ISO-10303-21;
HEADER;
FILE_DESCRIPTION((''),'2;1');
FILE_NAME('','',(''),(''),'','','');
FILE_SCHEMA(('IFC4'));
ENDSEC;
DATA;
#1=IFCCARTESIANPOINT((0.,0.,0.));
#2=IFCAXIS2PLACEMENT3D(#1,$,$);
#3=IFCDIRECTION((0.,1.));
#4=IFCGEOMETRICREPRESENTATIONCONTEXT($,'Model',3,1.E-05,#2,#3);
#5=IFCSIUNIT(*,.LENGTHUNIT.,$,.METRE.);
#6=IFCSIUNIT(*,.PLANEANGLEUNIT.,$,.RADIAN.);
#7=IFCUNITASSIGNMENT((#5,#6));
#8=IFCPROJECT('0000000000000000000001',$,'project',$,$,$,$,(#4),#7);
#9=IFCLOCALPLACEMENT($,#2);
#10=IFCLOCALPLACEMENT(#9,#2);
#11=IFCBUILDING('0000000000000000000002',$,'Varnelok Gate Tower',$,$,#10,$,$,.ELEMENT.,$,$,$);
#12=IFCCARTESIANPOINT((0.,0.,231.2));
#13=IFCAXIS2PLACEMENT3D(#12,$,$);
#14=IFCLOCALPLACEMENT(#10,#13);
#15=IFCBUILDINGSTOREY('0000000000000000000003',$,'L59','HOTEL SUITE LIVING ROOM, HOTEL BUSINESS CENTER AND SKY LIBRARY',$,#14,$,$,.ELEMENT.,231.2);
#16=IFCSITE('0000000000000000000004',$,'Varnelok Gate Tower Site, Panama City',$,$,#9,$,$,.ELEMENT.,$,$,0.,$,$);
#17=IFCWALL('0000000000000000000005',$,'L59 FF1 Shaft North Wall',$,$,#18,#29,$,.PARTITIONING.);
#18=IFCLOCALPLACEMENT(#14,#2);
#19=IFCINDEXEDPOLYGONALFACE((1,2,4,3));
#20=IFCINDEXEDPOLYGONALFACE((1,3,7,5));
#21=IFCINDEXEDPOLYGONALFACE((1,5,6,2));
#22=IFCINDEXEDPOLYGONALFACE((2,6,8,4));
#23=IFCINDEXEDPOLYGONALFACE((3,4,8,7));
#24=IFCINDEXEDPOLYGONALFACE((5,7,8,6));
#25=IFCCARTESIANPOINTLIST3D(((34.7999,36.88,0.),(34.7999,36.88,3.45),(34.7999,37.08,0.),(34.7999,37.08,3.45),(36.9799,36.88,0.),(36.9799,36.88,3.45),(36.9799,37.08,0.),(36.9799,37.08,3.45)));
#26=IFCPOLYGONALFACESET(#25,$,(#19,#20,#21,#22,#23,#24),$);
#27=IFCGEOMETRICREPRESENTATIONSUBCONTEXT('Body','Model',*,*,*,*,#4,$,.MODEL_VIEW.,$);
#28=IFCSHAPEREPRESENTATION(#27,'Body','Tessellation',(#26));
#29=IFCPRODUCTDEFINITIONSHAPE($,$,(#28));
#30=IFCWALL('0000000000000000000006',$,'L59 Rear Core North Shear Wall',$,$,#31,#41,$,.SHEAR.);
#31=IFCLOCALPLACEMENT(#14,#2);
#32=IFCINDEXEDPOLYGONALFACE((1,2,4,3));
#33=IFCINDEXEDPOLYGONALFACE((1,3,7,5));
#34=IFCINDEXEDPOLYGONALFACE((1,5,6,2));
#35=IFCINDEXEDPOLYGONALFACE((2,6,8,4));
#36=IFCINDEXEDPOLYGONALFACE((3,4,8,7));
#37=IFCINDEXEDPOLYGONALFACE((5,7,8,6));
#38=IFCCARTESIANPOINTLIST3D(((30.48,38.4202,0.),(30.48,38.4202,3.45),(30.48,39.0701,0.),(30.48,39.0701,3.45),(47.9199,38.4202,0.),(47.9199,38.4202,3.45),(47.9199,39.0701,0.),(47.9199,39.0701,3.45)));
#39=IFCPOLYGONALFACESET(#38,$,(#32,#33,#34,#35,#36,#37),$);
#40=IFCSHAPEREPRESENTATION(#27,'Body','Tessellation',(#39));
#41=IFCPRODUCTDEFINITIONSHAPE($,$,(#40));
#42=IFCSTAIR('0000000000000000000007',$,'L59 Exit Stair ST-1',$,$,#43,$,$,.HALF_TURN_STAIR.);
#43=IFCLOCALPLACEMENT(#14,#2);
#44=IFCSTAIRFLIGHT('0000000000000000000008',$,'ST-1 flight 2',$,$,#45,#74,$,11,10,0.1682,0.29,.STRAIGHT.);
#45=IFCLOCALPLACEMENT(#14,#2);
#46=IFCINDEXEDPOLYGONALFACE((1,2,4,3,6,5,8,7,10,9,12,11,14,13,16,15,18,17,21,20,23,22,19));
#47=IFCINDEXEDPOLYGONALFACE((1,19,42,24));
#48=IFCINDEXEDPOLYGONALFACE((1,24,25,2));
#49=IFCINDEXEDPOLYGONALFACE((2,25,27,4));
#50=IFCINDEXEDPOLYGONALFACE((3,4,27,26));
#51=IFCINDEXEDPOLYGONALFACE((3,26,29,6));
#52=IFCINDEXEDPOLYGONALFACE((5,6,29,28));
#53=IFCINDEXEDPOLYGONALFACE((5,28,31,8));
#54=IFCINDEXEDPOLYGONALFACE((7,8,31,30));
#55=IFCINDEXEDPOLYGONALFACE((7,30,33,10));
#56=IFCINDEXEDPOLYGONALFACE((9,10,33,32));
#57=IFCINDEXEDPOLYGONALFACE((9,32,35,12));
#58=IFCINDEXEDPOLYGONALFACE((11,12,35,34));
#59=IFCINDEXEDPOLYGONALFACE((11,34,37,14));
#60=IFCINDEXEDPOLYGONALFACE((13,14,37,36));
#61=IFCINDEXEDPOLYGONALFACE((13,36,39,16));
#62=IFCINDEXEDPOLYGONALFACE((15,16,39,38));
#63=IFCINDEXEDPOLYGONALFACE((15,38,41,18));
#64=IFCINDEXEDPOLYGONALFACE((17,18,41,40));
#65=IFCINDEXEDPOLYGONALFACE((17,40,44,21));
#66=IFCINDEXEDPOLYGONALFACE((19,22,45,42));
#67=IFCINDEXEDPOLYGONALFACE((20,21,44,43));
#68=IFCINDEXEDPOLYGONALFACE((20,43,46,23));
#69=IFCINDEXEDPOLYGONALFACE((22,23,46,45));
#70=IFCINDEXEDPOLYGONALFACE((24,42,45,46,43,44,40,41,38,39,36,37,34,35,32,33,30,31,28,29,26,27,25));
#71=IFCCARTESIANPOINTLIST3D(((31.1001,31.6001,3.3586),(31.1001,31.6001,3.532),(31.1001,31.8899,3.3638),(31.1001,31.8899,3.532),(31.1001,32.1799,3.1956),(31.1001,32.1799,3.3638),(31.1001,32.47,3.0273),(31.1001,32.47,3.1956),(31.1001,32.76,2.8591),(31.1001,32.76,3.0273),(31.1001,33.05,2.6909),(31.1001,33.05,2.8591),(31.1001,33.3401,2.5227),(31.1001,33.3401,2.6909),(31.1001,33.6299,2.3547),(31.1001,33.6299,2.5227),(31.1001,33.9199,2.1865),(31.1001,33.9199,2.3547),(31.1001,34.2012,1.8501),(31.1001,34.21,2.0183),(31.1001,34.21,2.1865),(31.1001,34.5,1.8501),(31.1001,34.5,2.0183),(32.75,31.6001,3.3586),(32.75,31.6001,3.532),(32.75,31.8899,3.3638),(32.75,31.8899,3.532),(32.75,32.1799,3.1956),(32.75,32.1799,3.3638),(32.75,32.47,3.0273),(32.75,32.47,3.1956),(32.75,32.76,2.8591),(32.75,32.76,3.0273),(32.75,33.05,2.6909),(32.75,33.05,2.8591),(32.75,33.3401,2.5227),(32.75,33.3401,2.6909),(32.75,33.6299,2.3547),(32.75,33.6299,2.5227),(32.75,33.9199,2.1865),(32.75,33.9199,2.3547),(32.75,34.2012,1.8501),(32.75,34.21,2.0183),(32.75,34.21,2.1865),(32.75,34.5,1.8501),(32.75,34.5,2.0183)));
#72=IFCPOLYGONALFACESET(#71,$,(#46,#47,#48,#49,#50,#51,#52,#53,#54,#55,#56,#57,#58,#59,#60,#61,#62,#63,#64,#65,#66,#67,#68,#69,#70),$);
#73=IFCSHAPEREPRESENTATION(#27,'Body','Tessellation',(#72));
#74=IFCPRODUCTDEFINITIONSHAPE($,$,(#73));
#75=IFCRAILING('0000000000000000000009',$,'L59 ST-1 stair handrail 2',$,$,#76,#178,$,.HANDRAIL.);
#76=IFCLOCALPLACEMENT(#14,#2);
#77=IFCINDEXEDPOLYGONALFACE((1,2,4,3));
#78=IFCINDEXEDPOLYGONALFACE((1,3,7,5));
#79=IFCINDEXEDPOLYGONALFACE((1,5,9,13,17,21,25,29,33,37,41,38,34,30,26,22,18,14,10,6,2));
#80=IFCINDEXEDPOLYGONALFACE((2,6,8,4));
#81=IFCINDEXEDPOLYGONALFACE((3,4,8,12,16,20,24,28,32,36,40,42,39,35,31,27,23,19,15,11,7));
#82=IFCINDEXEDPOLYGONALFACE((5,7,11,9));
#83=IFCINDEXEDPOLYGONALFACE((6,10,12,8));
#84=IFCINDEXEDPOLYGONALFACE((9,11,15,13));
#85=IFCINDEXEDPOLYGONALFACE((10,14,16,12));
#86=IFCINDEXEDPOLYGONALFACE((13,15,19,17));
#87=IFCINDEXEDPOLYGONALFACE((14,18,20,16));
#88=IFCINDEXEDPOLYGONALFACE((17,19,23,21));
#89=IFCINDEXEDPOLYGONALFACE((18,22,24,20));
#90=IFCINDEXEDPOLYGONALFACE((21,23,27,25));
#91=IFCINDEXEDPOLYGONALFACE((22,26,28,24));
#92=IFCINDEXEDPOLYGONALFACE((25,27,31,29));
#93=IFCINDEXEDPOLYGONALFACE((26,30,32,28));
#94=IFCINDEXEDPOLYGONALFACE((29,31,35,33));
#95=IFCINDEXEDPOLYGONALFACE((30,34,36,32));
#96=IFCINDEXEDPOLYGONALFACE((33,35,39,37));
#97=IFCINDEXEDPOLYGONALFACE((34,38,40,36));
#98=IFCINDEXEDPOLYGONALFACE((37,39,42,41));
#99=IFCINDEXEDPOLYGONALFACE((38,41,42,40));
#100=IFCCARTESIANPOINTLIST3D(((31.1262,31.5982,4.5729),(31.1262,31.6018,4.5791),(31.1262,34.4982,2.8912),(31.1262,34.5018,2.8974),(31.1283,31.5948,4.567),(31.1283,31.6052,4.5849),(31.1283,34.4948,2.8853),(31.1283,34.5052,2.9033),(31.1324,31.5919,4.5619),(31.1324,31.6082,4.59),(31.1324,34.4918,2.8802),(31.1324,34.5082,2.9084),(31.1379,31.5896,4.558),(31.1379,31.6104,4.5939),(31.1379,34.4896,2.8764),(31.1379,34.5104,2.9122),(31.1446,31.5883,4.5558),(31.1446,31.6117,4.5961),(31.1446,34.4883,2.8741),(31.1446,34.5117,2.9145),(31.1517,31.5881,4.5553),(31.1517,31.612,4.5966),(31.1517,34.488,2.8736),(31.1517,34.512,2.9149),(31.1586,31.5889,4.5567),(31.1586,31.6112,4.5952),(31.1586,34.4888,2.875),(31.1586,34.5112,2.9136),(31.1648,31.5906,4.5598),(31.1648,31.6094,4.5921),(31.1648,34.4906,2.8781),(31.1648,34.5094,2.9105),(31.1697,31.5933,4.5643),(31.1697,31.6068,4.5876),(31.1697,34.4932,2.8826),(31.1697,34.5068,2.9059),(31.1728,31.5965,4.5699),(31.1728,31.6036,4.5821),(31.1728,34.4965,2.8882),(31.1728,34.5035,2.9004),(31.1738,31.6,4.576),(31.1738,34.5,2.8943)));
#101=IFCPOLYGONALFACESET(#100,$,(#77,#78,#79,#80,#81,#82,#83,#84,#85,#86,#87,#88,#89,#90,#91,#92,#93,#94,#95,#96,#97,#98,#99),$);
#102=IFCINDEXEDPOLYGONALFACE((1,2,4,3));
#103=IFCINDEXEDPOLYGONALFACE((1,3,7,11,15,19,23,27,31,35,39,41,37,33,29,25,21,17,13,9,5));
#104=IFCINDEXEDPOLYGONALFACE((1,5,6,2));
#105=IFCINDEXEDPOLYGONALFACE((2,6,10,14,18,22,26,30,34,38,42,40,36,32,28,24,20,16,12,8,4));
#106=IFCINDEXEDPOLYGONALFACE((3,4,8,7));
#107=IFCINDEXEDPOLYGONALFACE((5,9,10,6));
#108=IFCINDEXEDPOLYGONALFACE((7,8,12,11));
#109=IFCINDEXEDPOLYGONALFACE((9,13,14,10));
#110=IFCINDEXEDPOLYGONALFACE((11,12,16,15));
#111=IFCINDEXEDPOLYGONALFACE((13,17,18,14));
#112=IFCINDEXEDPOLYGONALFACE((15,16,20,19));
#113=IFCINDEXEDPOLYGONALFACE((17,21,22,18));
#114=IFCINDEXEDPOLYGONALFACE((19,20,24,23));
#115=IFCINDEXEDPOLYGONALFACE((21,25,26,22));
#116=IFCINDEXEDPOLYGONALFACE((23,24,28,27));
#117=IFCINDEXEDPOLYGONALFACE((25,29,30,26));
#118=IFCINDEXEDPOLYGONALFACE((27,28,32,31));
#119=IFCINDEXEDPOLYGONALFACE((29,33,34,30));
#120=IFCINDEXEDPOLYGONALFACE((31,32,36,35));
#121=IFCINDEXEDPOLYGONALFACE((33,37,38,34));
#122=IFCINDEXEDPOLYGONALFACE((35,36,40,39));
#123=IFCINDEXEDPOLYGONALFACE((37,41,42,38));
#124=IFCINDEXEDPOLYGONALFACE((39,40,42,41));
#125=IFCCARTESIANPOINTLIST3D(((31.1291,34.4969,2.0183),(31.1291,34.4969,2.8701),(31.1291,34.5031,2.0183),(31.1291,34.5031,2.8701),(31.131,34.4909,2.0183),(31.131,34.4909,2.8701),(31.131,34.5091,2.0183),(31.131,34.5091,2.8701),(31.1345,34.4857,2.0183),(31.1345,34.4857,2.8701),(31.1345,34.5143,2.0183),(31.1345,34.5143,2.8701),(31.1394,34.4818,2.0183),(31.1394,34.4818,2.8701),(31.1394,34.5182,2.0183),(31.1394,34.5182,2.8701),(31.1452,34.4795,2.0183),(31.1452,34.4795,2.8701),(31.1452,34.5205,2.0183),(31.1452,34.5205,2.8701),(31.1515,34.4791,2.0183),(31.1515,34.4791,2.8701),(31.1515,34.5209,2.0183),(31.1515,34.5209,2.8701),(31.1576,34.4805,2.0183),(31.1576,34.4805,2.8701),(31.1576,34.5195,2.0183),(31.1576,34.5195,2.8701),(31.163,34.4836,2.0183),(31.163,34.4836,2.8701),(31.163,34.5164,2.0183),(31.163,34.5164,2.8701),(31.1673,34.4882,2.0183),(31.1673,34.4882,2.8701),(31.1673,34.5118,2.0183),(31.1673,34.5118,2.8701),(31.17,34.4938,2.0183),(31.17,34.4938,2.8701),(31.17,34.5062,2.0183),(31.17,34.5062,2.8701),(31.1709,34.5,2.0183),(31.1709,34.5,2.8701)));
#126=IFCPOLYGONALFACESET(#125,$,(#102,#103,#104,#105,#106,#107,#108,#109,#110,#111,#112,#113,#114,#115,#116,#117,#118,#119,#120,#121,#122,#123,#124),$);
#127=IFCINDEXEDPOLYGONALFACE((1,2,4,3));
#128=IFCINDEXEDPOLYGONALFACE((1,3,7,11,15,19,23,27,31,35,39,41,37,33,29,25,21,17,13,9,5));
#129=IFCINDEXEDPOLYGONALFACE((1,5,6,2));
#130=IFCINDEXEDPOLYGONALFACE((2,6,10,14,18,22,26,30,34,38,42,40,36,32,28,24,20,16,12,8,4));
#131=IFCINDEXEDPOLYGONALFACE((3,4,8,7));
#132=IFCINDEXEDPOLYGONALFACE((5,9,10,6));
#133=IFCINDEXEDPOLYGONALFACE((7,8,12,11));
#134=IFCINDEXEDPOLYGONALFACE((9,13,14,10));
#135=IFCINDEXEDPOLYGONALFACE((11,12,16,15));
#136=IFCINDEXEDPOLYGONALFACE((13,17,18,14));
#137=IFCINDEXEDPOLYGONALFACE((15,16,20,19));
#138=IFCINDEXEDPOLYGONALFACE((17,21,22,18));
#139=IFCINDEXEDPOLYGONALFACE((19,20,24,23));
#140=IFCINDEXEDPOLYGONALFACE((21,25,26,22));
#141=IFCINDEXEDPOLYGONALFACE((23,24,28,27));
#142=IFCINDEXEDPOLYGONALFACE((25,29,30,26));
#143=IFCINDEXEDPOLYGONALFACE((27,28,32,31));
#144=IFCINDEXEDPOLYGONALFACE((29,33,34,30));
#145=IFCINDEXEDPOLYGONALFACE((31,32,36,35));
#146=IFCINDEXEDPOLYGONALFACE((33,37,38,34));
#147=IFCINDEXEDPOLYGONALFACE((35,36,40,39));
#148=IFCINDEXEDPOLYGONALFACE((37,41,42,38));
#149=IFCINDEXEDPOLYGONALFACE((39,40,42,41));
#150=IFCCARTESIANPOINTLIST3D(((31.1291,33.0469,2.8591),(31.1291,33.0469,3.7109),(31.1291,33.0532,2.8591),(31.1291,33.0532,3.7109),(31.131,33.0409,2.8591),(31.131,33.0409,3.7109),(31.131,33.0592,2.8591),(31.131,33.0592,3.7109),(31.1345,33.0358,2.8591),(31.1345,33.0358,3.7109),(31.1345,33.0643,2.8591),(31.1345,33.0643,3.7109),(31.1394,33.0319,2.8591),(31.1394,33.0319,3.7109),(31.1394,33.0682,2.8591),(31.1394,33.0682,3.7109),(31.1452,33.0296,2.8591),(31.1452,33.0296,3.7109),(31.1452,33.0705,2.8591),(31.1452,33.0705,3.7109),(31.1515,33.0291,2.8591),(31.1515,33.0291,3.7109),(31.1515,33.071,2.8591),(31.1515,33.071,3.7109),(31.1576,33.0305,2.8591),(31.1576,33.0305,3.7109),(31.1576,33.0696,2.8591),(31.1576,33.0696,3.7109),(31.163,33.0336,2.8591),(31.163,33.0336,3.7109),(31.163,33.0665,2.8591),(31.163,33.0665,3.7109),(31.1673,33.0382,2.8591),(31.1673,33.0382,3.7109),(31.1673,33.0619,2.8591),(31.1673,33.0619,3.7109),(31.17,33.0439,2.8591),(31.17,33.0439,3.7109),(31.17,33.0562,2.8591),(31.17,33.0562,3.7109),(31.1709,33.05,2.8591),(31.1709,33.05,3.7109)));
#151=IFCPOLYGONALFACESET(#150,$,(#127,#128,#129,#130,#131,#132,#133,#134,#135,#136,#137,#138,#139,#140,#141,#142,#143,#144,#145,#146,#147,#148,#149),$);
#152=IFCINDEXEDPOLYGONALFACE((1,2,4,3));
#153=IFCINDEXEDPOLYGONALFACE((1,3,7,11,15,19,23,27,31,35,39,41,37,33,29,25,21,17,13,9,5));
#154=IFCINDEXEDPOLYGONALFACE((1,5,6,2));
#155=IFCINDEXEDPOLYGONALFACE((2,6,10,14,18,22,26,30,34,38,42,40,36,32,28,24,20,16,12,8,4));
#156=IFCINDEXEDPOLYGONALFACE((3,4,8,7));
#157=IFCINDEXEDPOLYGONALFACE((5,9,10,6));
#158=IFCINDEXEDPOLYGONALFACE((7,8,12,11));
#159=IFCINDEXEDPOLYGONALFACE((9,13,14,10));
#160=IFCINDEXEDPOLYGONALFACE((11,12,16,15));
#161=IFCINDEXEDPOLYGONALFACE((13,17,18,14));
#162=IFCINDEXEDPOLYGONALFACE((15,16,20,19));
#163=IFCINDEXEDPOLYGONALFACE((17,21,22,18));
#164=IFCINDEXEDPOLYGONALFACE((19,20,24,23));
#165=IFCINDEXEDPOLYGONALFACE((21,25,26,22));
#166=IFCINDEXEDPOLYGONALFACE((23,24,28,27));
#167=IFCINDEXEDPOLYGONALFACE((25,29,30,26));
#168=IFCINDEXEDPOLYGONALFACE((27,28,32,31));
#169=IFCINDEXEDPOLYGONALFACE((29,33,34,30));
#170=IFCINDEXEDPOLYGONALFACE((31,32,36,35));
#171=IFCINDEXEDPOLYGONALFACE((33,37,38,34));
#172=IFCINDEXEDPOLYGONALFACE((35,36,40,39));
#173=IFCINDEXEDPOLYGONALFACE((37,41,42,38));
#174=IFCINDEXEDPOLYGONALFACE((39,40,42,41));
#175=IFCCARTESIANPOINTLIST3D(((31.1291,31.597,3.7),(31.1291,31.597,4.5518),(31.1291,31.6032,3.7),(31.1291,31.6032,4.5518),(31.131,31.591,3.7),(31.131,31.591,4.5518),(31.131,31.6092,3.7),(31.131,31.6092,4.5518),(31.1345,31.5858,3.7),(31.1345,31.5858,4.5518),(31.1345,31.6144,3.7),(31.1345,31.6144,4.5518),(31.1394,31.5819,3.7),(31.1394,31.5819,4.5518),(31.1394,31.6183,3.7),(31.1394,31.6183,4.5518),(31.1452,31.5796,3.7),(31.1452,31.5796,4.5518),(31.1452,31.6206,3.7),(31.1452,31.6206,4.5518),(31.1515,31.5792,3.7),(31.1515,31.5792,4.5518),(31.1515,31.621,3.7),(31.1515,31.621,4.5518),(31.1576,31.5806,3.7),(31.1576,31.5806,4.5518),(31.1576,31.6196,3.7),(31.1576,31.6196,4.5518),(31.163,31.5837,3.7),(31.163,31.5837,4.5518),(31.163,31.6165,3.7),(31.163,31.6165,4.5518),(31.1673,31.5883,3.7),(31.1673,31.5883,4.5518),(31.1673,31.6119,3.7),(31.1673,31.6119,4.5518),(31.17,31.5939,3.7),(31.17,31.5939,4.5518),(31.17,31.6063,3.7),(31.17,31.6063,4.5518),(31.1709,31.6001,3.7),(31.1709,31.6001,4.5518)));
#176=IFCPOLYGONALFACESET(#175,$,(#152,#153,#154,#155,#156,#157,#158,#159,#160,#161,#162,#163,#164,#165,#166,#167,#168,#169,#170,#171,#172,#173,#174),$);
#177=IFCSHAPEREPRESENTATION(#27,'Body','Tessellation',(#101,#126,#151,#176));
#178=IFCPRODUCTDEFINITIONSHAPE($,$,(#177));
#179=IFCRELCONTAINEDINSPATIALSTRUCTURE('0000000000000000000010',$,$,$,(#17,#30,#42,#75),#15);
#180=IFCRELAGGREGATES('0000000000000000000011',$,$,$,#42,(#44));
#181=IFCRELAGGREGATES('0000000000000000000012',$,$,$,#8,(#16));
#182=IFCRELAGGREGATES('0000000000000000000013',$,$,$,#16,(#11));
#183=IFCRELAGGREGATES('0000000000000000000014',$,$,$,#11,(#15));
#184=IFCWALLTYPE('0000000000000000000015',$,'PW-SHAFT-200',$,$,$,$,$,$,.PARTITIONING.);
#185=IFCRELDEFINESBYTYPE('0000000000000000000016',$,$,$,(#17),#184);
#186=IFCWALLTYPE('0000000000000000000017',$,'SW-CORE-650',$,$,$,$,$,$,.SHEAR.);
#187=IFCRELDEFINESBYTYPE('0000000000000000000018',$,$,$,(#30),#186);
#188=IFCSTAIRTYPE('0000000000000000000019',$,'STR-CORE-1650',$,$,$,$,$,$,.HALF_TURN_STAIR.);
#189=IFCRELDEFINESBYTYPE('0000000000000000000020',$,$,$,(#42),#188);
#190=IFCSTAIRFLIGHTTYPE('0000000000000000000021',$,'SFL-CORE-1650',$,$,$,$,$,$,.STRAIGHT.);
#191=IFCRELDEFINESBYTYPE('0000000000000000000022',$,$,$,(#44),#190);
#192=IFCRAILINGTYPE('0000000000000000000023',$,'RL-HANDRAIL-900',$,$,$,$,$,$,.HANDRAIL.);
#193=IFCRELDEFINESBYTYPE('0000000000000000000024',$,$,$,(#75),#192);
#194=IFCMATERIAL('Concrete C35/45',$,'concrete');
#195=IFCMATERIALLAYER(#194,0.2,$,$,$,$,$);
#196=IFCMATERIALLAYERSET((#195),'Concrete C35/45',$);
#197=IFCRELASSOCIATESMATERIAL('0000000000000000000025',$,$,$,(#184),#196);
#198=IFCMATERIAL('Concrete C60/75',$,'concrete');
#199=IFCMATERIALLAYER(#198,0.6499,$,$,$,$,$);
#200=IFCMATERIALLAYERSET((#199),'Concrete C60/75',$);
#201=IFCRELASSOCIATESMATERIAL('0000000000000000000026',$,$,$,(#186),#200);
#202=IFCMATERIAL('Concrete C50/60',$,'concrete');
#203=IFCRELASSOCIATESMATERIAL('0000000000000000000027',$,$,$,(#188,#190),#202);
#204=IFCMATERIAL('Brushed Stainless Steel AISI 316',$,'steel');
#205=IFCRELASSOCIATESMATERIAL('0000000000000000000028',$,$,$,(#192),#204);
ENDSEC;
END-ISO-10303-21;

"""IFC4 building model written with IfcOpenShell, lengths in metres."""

from ifc_helpers import new_model, si_unit, direction, frame, frame_2d, origin, origin_2d, place, context, subcontext, project, spatial, polyline, rectangle, circle, outline, extrude, material, layer, layer_set, type_object, element, aggregate, save


model = new_model("IFC4")

# Units and contexts
model_context = context("Model", 3, precision=1e-05, world=origin(), true_north=direction((0.0, 1.0)))
body_context = subcontext(model_context, "Body", "Model", "MODEL_VIEW")
ifc_project = project(units=[si_unit("LENGTHUNIT", "METRE"), si_unit("PLANEANGLEUNIT", "RADIAN")], contexts=[model_context])

# Site, building, storey
site_placement = place(None, origin())
site = spatial("IfcSite", under=ifc_project, at=site_placement, Name="Varnelok Gate Tower Site, Panama City", CompositionType="ELEMENT", RefElevation=0.0)
building_placement = place(site_placement, origin())
building = spatial("IfcBuilding", under=site, at=building_placement, Name="Varnelok Gate Tower", CompositionType="ELEMENT")
storey_placement = place(building_placement, frame((0.0, 0.0, 231.2)))
storey = spatial("IfcBuildingStorey", under=building, at=storey_placement, Name="L59", Description="HOTEL SUITE LIVING ROOM, HOTEL BUSINESS CENTER AND SKY LIBRARY", CompositionType="ELEMENT", Elevation=231.2)

# Shared definitions
ifc_material_1 = material(Name="Concrete C60/75", Category="concrete")

# Shared definitions
ifc_material_2 = material(Name="Concrete C35/45", Category="concrete")
ifc_layer_1 = layer(ifc_material_2, 0.2)
ifc_layer_set_1 = layer_set([ifc_layer_1], Name="Concrete C35/45")
wall_type_1 = type_object("IfcWallType", Name="PW-SHAFT-200", PredefinedType="PARTITIONING", material=ifc_layer_set_1)

# Walls
wall_1_placement = place(storey_placement, frame((34.8, 36.98, 0.0), z_axis=(0.0, 0.0, 1.0), x_axis=(1.0, 0.0, 0.0)))
element("IfcWall", 1, at=wall_1_placement, inside=storey, type_object=wall_type_1, Name="L59 FF1 Shaft North Wall", PredefinedType="PARTITIONING", context=body_context, shape_type="SweptSolid", body=[
    extrude(rectangle(XDim=2.1799, YDim=0.2, at=frame_2d((1.0898, 0.0))), origin(), (0.0, 0.0, 1.0), 3.45),
])
ifc_layer_2 = layer(ifc_material_1, 0.6499)
ifc_layer_set_2 = layer_set([ifc_layer_2], Name="Concrete C60/75")
wall_type_2 = type_object("IfcWallType", Name="SW-CORE-650", PredefinedType="SHEAR", material=ifc_layer_set_2)
wall_2_placement = place(storey_placement, frame((30.48, 38.7451, 0.0), z_axis=(0.0, 0.0, 1.0), x_axis=(1.0, 0.0, 0.0)))
element("IfcWall", 2, at=wall_2_placement, inside=storey, type_object=wall_type_2, Name="L59 Rear Core North Shear Wall", PredefinedType="SHEAR", context=body_context, shape_type="SweptSolid", body=[
    extrude(rectangle(XDim=17.4399, YDim=0.6499, at=frame_2d((8.72, 0.0))), origin(), (0.0, 0.0, 1.0), 3.45),
])

# Stair, stair flight
ifc_material_3 = material(Name="Concrete C50/60", Category="concrete")
stair_type = type_object("IfcStairType", Name="STR-CORE-1650", PredefinedType="HALF_TURN_STAIR", material=ifc_material_3)
stair_placement = place(storey_placement, origin())
stair = element("IfcStair", 3, at=stair_placement, inside=storey, type_object=stair_type, Name="L59 Exit Stair ST-1", PredefinedType="HALF_TURN_STAIR")
stair_flight_type = type_object("IfcStairFlightType", Name="SFL-CORE-1650", PredefinedType="STRAIGHT", material=ifc_material_3)
stair_flight_placement = place(storey_placement, frame((31.925, 34.5, 1.8501), z_axis=(0.0, 0.0, 1.0), x_axis=(0.0, -1.0, 0.0)))
stair_flight = element("IfcStairFlight", 4, at=stair_flight_placement, type_object=stair_flight_type, Name="ST-1 flight 2", NumberOfRisers=11, NumberOfTreads=10, PredefinedType="STRAIGHT", RiserHeight=0.1682, TreadLength=0.29, context=body_context, shape_type="SweptSolid", body=[
    extrude(outline(polyline([(0.0, 0.0), (0.0, 0.1682), (0.29, 0.1682), (0.29, 0.3364), (0.5801, 0.3364), (0.5801, 0.5046), (0.8701, 0.5046), (0.8701, 0.6726), (1.1599, 0.6726), (1.1599, 0.8408), (1.45, 0.8408), (1.45, 1.009), (1.74, 1.009), (1.74, 1.1772), (2.03, 1.1772), (2.03, 1.3455), (2.3201, 1.3455), (2.3201, 1.5137), (2.6101, 1.5137), (2.6101, 1.6819), (2.8999, 1.6819), (2.8999, 1.8501), (2.8999, 1.5085), (0.2988, 0.0), (0.0, 0.0)])), frame((0.0, 0.825, 0.0), z_axis=(0.0, -1.0, 0.0), x_axis=(1.0, 0.0, 0.0)), (0.0, 0.0, 1.0), 1.6499),
])
aggregate(stair, [stair_flight])

# Railing
ifc_material_4 = material(Name="Brushed Stainless Steel AISI 316", Category="steel")
railing_type_1 = type_object("IfcRailingType", Name="RL-HANDRAIL-900", PredefinedType="HANDRAIL", material=ifc_material_4)
railing_1_placement = place(storey_placement, frame((31.1499, 34.5, 2.0183)))
element("IfcRailing", 5, at=railing_1_placement, inside=storey, type_object=railing_type_1, Name="L59 ST-1 stair handrail 2", PredefinedType="HANDRAIL", context=body_context, shape_type="SweptSolid", body=[
    extrude(circle(Radius=0.0239, at=origin_2d()), frame((0.0, 0.0, 0.876), z_axis=(0.0, -0.86507, 0.501651), x_axis=(1.0, 0.0, 0.0)), (0.0, 0.0, 1.0), 3.3523),
    extrude(circle(Radius=0.021, at=origin_2d()), origin(), (0.0, 0.0, 1.0), 0.8518),
    extrude(circle(Radius=0.021, at=origin_2d()), frame((0.0, -1.45, 0.8408)), (0.0, 0.0, 1.0), 0.8518),
    extrude(circle(Radius=0.021, at=origin_2d()), frame((0.0, -2.8999, 1.6816)), (0.0, 0.0, 1.0), 0.8518),
])

save(model, "model.ifc")
